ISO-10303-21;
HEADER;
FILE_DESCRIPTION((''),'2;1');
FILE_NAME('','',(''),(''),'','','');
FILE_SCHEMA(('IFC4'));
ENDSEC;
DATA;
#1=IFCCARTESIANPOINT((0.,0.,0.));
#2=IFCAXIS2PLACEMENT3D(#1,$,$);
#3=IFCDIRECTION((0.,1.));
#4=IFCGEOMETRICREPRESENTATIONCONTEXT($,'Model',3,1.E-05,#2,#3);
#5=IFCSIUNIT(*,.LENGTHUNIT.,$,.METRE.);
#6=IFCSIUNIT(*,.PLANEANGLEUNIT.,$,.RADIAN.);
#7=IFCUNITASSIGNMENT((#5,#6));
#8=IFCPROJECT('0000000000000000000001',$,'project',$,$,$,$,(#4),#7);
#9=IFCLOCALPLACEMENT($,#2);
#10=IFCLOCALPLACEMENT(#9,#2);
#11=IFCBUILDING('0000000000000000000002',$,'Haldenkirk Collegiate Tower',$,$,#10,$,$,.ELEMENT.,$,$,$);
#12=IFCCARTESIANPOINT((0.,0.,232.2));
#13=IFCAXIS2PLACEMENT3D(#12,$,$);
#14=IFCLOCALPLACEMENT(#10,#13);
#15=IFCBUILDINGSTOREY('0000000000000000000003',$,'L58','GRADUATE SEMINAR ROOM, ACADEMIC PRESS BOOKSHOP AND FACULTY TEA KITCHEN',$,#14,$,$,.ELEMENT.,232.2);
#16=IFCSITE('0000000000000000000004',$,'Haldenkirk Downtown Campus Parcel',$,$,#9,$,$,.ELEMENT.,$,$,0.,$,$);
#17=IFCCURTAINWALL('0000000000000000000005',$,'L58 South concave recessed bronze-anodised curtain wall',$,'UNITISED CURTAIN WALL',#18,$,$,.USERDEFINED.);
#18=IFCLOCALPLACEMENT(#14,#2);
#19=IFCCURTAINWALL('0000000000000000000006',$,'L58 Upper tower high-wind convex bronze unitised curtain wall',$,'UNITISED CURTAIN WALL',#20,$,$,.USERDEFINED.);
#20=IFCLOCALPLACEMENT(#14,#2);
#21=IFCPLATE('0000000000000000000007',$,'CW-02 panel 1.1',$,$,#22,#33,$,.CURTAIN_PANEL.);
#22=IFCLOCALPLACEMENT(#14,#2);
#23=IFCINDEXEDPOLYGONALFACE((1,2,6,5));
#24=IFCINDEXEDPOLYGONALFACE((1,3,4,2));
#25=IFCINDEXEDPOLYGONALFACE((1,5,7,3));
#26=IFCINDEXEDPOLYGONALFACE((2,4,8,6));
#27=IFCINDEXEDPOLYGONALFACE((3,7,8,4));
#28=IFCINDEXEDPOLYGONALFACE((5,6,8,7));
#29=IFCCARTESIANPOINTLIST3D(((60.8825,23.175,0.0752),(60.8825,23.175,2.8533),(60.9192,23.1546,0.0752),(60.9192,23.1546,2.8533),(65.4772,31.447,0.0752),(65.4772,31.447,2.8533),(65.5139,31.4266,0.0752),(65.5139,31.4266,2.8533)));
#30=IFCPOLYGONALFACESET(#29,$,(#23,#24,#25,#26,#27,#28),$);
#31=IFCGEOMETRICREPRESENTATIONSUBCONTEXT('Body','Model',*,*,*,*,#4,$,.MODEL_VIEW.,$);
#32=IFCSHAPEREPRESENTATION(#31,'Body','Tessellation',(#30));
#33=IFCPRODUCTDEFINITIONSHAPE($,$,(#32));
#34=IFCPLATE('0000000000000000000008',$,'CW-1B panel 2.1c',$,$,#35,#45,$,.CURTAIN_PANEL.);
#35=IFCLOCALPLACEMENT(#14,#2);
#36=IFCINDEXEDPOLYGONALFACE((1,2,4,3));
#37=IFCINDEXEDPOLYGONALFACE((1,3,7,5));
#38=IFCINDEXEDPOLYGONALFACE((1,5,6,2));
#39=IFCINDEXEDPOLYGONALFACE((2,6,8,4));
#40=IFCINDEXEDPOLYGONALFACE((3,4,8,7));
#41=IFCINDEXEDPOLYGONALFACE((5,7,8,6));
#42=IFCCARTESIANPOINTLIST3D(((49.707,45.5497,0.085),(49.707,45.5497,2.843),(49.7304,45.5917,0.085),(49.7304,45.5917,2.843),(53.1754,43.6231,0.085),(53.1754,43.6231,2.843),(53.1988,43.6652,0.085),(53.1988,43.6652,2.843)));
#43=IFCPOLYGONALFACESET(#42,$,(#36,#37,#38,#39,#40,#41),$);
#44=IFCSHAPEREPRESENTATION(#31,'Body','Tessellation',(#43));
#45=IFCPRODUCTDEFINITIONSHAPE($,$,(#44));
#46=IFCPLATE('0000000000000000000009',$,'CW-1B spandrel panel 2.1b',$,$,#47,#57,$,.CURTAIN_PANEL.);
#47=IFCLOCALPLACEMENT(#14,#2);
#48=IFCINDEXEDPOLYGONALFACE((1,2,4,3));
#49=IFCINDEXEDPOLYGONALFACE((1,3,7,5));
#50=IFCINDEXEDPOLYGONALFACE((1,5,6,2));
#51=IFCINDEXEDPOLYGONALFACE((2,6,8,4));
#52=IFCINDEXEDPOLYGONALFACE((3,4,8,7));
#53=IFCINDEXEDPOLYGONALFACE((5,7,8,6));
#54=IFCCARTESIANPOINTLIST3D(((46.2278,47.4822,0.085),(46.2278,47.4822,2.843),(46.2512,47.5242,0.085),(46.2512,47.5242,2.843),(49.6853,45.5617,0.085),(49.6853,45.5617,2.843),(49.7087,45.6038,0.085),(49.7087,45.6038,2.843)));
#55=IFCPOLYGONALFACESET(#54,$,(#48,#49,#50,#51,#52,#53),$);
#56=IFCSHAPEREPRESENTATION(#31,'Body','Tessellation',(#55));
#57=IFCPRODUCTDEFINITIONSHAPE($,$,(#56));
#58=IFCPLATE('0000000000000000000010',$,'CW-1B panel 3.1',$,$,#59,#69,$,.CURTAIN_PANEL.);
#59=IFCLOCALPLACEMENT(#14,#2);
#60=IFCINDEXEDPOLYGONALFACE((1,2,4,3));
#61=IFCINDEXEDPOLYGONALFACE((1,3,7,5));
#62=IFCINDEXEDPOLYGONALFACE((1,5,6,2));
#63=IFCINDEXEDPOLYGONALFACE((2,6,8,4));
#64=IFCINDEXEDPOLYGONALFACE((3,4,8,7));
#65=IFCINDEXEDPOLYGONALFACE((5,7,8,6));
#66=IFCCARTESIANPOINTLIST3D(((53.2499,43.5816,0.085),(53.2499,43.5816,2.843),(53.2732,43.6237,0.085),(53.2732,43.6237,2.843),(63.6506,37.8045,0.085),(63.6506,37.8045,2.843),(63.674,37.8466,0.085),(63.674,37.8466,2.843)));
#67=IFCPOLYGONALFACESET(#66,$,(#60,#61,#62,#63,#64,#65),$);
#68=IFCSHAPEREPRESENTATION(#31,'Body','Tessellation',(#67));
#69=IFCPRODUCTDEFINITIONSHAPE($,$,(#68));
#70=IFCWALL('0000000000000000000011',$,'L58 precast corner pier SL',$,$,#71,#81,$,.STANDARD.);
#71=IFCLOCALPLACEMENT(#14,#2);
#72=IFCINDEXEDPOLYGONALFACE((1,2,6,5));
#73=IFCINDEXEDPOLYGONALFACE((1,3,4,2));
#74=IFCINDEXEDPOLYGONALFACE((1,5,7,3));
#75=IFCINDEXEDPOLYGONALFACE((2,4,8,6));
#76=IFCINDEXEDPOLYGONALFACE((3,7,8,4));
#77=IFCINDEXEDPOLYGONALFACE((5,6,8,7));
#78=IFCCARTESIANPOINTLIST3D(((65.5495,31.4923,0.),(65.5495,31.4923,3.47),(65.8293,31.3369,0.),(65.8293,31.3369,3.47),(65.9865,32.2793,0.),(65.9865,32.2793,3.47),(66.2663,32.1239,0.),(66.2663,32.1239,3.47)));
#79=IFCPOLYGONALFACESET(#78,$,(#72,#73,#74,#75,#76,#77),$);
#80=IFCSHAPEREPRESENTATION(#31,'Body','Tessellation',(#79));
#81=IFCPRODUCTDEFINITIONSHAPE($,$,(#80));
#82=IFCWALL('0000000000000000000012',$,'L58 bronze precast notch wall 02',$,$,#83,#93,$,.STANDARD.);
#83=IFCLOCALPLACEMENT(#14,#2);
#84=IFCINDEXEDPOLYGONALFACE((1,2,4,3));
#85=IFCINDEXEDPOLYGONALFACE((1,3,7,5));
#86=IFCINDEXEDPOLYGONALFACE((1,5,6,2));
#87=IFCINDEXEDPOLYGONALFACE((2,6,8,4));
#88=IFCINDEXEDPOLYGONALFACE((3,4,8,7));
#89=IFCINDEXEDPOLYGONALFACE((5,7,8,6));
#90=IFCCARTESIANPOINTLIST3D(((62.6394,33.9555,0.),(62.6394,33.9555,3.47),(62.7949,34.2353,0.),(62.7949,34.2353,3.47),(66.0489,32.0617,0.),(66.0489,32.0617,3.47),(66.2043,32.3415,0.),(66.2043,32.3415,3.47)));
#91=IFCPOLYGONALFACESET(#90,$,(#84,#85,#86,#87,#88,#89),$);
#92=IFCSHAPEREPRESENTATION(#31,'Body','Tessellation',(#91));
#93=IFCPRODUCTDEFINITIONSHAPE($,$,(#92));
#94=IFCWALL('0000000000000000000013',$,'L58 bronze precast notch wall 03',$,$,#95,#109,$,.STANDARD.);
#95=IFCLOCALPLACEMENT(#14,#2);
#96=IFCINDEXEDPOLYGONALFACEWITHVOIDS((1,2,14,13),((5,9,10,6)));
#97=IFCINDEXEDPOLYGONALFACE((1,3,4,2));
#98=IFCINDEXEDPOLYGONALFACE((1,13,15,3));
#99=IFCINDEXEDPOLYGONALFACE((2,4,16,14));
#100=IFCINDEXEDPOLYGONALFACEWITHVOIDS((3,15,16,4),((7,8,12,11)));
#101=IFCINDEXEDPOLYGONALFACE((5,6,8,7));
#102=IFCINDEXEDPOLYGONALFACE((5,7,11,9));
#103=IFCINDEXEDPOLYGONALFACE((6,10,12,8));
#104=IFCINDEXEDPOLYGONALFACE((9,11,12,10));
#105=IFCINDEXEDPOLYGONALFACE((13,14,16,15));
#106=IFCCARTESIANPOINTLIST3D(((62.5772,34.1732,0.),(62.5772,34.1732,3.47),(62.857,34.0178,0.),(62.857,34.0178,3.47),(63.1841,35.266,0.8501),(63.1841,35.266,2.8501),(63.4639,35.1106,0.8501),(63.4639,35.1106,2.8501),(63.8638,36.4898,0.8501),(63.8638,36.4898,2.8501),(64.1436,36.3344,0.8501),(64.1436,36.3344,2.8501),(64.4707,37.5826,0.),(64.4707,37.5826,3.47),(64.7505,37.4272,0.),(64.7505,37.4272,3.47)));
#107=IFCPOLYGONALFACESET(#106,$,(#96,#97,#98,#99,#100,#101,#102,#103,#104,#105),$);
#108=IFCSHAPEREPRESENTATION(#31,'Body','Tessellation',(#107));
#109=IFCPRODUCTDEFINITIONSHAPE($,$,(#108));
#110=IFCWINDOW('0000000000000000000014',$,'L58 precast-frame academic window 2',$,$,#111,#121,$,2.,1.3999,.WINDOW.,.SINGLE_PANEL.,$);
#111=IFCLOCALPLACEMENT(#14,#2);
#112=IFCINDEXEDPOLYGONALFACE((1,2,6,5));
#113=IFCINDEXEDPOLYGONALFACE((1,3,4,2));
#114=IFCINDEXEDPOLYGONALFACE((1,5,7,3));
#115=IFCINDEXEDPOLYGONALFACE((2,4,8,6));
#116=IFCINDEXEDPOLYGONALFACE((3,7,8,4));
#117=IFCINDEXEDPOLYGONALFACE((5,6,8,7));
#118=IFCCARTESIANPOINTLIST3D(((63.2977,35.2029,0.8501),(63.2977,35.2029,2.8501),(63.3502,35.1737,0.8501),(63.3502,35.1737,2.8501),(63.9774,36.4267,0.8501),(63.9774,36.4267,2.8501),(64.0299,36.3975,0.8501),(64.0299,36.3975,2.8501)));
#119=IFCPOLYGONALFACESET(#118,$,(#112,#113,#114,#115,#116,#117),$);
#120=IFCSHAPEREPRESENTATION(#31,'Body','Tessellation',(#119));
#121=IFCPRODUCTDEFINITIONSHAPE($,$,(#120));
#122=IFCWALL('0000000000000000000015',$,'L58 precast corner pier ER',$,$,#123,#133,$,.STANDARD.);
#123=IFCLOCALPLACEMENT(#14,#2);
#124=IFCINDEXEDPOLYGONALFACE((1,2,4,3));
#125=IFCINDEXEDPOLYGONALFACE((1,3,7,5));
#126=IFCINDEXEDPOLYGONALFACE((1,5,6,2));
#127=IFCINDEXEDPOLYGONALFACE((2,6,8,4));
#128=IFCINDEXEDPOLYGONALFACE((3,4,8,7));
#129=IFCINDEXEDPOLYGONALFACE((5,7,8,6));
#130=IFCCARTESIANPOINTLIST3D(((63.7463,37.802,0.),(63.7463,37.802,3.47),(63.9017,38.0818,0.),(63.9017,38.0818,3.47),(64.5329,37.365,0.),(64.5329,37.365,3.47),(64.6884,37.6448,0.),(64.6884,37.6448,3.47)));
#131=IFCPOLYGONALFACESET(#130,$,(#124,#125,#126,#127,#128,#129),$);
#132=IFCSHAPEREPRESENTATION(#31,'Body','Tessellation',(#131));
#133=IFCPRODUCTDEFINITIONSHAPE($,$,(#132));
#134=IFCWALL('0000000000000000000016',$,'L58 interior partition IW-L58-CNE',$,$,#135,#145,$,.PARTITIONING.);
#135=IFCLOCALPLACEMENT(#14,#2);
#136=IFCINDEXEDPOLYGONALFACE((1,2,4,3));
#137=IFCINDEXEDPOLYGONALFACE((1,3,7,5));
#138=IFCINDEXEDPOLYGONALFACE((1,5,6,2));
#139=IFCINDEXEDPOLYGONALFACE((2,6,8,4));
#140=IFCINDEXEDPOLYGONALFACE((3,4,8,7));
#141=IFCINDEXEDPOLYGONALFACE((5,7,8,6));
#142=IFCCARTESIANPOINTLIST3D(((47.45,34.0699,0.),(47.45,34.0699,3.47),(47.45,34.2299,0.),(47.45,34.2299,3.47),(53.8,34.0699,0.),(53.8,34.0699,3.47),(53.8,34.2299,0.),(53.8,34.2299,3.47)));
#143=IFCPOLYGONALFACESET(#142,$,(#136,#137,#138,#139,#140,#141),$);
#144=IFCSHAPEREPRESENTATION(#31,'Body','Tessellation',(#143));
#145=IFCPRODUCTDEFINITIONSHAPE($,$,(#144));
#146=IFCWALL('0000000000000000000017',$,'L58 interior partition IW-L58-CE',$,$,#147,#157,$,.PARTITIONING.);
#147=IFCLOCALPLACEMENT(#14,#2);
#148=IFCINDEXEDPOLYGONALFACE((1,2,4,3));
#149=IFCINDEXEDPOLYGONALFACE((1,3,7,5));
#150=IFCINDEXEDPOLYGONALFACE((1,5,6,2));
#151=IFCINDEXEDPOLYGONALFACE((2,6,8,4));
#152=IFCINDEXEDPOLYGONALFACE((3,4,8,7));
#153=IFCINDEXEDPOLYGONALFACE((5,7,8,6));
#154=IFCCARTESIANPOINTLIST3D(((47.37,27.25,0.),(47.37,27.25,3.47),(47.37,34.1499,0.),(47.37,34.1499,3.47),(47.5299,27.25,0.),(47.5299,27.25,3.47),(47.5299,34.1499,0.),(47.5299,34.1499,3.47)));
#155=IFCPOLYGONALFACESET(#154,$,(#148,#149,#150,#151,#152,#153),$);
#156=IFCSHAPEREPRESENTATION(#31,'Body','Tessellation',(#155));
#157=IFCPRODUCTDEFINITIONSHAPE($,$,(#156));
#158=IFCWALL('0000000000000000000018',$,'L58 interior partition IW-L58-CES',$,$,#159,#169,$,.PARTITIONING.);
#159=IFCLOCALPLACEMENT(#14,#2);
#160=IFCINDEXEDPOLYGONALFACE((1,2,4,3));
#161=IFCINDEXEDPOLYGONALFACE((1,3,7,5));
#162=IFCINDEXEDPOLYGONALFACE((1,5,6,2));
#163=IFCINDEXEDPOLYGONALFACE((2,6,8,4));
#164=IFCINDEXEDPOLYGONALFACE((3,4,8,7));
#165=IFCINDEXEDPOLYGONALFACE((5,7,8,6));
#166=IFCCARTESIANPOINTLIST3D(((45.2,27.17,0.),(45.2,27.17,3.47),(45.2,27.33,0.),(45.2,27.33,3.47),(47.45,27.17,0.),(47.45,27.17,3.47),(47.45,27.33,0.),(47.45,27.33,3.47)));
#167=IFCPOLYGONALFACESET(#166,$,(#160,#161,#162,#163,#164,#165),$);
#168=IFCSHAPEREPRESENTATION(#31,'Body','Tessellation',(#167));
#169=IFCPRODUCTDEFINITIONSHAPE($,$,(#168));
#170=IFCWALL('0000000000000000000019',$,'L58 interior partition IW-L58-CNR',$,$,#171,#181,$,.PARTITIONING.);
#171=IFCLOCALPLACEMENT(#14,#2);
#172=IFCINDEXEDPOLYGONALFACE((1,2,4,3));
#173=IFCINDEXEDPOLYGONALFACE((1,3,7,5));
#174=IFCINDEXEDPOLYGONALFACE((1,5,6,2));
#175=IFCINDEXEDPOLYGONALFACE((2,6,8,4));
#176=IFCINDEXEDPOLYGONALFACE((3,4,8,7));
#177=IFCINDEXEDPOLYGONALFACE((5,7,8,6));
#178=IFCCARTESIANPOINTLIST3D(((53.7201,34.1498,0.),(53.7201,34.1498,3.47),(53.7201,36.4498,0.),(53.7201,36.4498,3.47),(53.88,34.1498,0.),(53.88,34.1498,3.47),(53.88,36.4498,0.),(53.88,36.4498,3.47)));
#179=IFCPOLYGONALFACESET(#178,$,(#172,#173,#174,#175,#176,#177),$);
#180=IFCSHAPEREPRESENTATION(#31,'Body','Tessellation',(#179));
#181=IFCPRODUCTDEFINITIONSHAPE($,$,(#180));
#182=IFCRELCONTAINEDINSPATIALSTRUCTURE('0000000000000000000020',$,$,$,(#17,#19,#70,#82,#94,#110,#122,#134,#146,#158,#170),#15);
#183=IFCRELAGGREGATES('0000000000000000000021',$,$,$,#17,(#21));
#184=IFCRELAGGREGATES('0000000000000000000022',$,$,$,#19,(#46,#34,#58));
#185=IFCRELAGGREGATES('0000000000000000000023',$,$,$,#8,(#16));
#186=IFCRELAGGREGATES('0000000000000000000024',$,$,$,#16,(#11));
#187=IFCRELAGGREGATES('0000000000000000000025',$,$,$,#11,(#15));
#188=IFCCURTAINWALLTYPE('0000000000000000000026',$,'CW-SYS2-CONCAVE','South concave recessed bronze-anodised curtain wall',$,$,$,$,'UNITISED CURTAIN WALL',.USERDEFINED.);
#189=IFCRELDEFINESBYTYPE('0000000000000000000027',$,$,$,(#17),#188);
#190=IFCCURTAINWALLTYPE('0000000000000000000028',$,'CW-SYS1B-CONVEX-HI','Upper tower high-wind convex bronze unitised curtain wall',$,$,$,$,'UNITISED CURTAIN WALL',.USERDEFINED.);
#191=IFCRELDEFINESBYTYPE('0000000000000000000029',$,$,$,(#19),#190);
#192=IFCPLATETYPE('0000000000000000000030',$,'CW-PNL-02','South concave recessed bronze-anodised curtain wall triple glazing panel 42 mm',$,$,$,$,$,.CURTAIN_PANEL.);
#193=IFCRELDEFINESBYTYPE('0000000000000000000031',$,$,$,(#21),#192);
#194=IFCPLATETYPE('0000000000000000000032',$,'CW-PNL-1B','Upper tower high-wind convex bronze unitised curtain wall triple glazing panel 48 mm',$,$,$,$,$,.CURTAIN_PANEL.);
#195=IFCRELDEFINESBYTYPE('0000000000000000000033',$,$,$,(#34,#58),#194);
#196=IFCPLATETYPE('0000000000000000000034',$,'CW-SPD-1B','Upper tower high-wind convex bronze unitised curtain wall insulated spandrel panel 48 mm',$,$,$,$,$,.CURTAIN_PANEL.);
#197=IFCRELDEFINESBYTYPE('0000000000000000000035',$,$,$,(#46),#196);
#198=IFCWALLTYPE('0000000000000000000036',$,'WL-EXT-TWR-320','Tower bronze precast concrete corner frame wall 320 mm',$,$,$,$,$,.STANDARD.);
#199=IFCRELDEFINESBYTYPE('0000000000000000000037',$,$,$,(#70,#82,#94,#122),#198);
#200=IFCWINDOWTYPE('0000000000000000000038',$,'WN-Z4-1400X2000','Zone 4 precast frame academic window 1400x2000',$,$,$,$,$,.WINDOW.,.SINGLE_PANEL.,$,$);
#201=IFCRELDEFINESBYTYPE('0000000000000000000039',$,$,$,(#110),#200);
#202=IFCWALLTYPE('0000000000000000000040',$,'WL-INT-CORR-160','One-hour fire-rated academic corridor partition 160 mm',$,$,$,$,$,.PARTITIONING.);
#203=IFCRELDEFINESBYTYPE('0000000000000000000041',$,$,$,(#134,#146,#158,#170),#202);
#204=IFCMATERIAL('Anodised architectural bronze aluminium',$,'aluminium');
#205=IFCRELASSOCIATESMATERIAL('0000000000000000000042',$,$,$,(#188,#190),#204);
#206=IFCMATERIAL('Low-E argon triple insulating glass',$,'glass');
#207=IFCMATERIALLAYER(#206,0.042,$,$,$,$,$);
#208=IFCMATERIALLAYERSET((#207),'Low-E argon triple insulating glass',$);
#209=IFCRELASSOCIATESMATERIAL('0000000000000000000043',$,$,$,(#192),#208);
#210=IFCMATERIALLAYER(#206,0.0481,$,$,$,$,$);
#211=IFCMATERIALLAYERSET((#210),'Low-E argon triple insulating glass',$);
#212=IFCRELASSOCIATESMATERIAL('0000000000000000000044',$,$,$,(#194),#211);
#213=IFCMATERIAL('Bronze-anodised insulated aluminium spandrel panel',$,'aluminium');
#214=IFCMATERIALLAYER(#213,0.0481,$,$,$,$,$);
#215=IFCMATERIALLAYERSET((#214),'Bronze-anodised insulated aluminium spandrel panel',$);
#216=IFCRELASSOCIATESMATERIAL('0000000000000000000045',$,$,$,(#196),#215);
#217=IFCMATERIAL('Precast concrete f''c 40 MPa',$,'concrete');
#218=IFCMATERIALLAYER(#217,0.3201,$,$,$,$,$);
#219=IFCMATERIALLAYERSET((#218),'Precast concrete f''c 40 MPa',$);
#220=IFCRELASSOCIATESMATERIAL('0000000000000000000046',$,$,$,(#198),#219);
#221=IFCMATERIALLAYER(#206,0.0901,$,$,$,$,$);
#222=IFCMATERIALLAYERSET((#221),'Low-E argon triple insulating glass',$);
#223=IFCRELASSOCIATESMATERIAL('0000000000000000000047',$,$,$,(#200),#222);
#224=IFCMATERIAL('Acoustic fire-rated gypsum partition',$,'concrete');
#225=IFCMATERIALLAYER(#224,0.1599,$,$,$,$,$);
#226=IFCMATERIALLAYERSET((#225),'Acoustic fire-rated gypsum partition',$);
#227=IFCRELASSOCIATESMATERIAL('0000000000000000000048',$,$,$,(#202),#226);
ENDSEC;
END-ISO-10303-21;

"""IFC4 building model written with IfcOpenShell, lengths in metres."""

from ifc_helpers import new_model, si_unit, direction, frame, frame_2d, origin, origin_2d, place, context, subcontext, project, spatial, rectangle, extrude, source, transform, mapped, material, layer, layer_set, type_object, element, fill, aggregate, save


model = new_model("IFC4")

# Units and contexts
model_context = context("Model", 3, precision=1e-05, world=origin(), true_north=direction((0.0, 1.0)))
body_context = subcontext(model_context, "Body", "Model", "MODEL_VIEW")
ifc_project = project(units=[si_unit("LENGTHUNIT", "METRE"), si_unit("PLANEANGLEUNIT", "RADIAN")], contexts=[model_context])

# Site, building, storey
site_placement = place(None, origin())
site = spatial("IfcSite", under=ifc_project, at=site_placement, Name="Haldenkirk Downtown Campus Parcel", CompositionType="ELEMENT", RefElevation=0.0)
building_placement = place(site_placement, origin())
building = spatial("IfcBuilding", under=site, at=building_placement, Name="Haldenkirk Collegiate Tower", CompositionType="ELEMENT")
storey_placement = place(building_placement, frame((0.0, 0.0, 232.2)))
storey = spatial("IfcBuildingStorey", under=building, at=storey_placement, Name="L58", Description="GRADUATE SEMINAR ROOM, ACADEMIC PRESS BOOKSHOP AND FACULTY TEA KITCHEN", CompositionType="ELEMENT", Elevation=232.2)

# Curtain wall
ifc_material_1 = material(Name="Anodised architectural bronze aluminium", Category="aluminium")
curtain_wall_type_1 = type_object("IfcCurtainWallType", Name="CW-SYS2-CONCAVE", Description="South concave recessed bronze-anodised curtain wall", ElementType="UNITISED CURTAIN WALL", PredefinedType="USERDEFINED", material=ifc_material_1)
curtain_wall_1_placement = place(storey_placement, origin())
curtain_wall_1 = element("IfcCurtainWall", 1, at=curtain_wall_1_placement, inside=storey, type_object=curtain_wall_type_1, Name="L58 South concave recessed bronze-anodised curtain wall", ObjectType="UNITISED CURTAIN WALL", PredefinedType="USERDEFINED")

# Curtain wall
curtain_wall_type_2 = type_object("IfcCurtainWallType", Name="CW-SYS1B-CONVEX-HI", Description="Upper tower high-wind convex bronze unitised curtain wall", ElementType="UNITISED CURTAIN WALL", PredefinedType="USERDEFINED", material=ifc_material_1)
curtain_wall_2_placement = place(storey_placement, origin())
curtain_wall_2 = element("IfcCurtainWall", 2, at=curtain_wall_2_placement, inside=storey, type_object=curtain_wall_type_2, Name="L58 Upper tower high-wind convex bronze unitised curtain wall", ObjectType="UNITISED CURTAIN WALL", PredefinedType="USERDEFINED")

# Plates
ifc_material_2 = material(Name="Low-E argon triple insulating glass", Category="glass")
ifc_layer_1 = layer(ifc_material_2, 0.042)
ifc_layer_set_1 = layer_set([ifc_layer_1], Name="Low-E argon triple insulating glass")
plate_type_1 = type_object("IfcPlateType", Name="CW-PNL-02", Description="South concave recessed bronze-anodised curtain wall triple glazing panel 42 mm", PredefinedType="CURTAIN_PANEL", material=ifc_layer_set_1)
shared_shape_1 = source(origin(), body_context, "Body", "SweptSolid", [
    extrude(rectangle(XDim=9.4624, YDim=0.042, at=origin_2d()), origin(), (0.0, 0.0, 1.0), 2.7781),
])
plate_1_placement = place(storey_placement, frame((63.1982, 27.3008, 0.0752), z_axis=(0.0, 0.0, 1.0), x_axis=(-0.485574, -0.874195, 0.0)))
plate_1 = element("IfcPlate", 3, at=plate_1_placement, type_object=plate_type_1, Name="CW-02 panel 1.1", PredefinedType="CURTAIN_PANEL", context=body_context, shape_type="MappedRepresentation", body=[
    mapped(shared_shape_1, transform((0.0, 0.0, 0.0), x_axis=(1.0, 0.0, 0.0), y_axis=(0.0, 1.0, 0.0), z_axis=(0.0, 0.0, 1.0), scale=1.0)),
])
aggregate(curtain_wall_1, [plate_1])
ifc_layer_2 = layer(ifc_material_2, 0.0481)
ifc_layer_set_2 = layer_set([ifc_layer_2], Name="Low-E argon triple insulating glass")
plate_type_2 = type_object("IfcPlateType", Name="CW-PNL-1B", Description="Upper tower high-wind convex bronze unitised curtain wall triple glazing panel 48 mm", PredefinedType="CURTAIN_PANEL", material=ifc_layer_set_2)
shared_shape_2 = source(origin(), body_context, "Body", "SweptSolid", [
    extrude(rectangle(XDim=3.9675, YDim=0.0481, at=origin_2d()), origin(), (0.0, 0.0, 1.0), 2.7581),
])
plate_2_placement = place(storey_placement, frame((51.4529, 44.6074, 0.085), z_axis=(0.0, 0.0, 1.0), x_axis=(0.874196, -0.485572, 0.0)))
plate_2 = element("IfcPlate", 4, at=plate_2_placement, type_object=plate_type_2, Name="CW-1B panel 2.1c", PredefinedType="CURTAIN_PANEL", context=body_context, shape_type="MappedRepresentation", body=[
    mapped(shared_shape_2, transform((0.0, 0.0, 0.0), x_axis=(1.0, 0.0, 0.0), y_axis=(0.0, 1.0, 0.0), z_axis=(0.0, 0.0, 1.0), scale=1.0)),
])
ifc_material_3 = material(Name="Bronze-anodised insulated aluminium spandrel panel", Category="aluminium")
ifc_layer_3 = layer(ifc_material_3, 0.0481)
ifc_layer_set_3 = layer_set([ifc_layer_3], Name="Bronze-anodised insulated aluminium spandrel panel")
plate_type_3 = type_object("IfcPlateType", Name="CW-SPD-1B", Description="Upper tower high-wind convex bronze unitised curtain wall insulated spandrel panel 48 mm", PredefinedType="CURTAIN_PANEL", material=ifc_layer_set_3)
shared_shape_3 = source(origin(), body_context, "Body", "SweptSolid", [
    extrude(rectangle(XDim=3.9551, YDim=0.0481, at=origin_2d()), origin(), (0.0, 0.0, 1.0), 2.7581),
])
plate_3_placement = place(storey_placement, frame((47.9683, 46.543, 0.085), z_axis=(0.0, 0.0, 1.0), x_axis=(0.874196, -0.485572, 0.0)))
plate_3 = element("IfcPlate", 5, at=plate_3_placement, type_object=plate_type_3, Name="CW-1B spandrel panel 2.1b", PredefinedType="CURTAIN_PANEL", context=body_context, shape_type="MappedRepresentation", body=[
    mapped(shared_shape_3, transform((0.0, 0.0, 0.0), x_axis=(1.0, 0.0, 0.0), y_axis=(0.0, 1.0, 0.0), z_axis=(0.0, 0.0, 1.0), scale=1.0)),
])
shared_shape_4 = source(origin(), body_context, "Body", "SweptSolid", [
    extrude(rectangle(XDim=11.8975, YDim=0.0481, at=origin_2d()), origin(), (0.0, 0.0, 1.0), 2.7581),
])
plate_4_placement = place(storey_placement, frame((58.4619, 40.7141, 0.085), z_axis=(0.0, 0.0, 1.0), x_axis=(0.874196, -0.485572, 0.0)))
plate_4 = element("IfcPlate", 6, at=plate_4_placement, type_object=plate_type_2, Name="CW-1B panel 3.1", PredefinedType="CURTAIN_PANEL", context=body_context, shape_type="MappedRepresentation", body=[
    mapped(shared_shape_4, transform((0.0, 0.0, 0.0), x_axis=(1.0, 0.0, 0.0), y_axis=(0.0, 1.0, 0.0), z_axis=(0.0, 0.0, 1.0), scale=1.0)),
])
aggregate(curtain_wall_2, [plate_3, plate_2, plate_4])

# Walls
ifc_material_4 = material(Name="Precast concrete f'c 40 MPa", Category="concrete")
ifc_layer_4 = layer(ifc_material_4, 0.3201)
ifc_layer_set_4 = layer_set([ifc_layer_4], Name="Precast concrete f'c 40 MPa")
wall_type_1 = type_object("IfcWallType", Name="WL-EXT-TWR-320", Description="Tower bronze precast concrete corner frame wall 320 mm", PredefinedType="STANDARD", material=ifc_layer_set_4)
wall_1_placement = place(storey_placement, frame((66.1265, 32.2017, 0.0), z_axis=(0.0, 0.0, 1.0), x_axis=(-0.485528, -0.874221, 0.0)))
element("IfcWall", 7, at=wall_1_placement, inside=storey, type_object=wall_type_1, Name="L58 precast corner pier SL", PredefinedType="STANDARD", context=body_context, shape_type="SweptSolid", body=[
    extrude(rectangle(XDim=0.9001, YDim=0.3201, at=frame_2d((0.4502, 0.0))), origin(), (0.0, 0.0, 1.0), 3.47),
])
wall_2_placement = place(storey_placement, frame((62.717, 34.0955, 0.0), z_axis=(0.0, 0.0, 1.0), x_axis=(0.874193, -0.485579, 0.0)))
element("IfcWall", 8, at=wall_2_placement, inside=storey, type_object=wall_type_1, Name="L58 bronze precast notch wall 02", PredefinedType="STANDARD", context=body_context, shape_type="SweptSolid", body=[
    extrude(rectangle(XDim=3.9001, YDim=0.3201, at=frame_2d((1.9502, 0.0))), origin(), (0.0, 0.0, 1.0), 3.47),
])

# Wall, opening, window
wall_3_placement = place(storey_placement, frame((64.6106, 37.5049, 0.0), z_axis=(0.0, 0.0, 1.0), x_axis=(-0.485531, -0.874219, 0.0)))
wall_3 = element("IfcWall", 9, at=wall_3_placement, inside=storey, type_object=wall_type_1, Name="L58 bronze precast notch wall 03", PredefinedType="STANDARD", context=body_context, shape_type="SweptSolid", body=[
    extrude(rectangle(XDim=3.8999, YDim=0.3201, at=frame_2d((1.95, 0.0))), origin(), (0.0, 0.0, 1.0), 3.47),
])
opening_placement = place(wall_3_placement, frame((1.25, 0.0, 0.8501)))
opening = element("IfcOpeningElement", 10, at=opening_placement, cuts=wall_3, PredefinedType="OPENING", context=body_context, shape_type="SweptSolid", body=[
    extrude(rectangle(XDim=1.3999, YDim=2.0, at=frame_2d((0.7, 1.0))), frame((0.0, 0.1699, 0.0), z_axis=(0.0, -1.0, 0.0), x_axis=(1.0, 0.0, 0.0)), (0.0, 0.0, 1.0), 0.3401),
])
ifc_layer_5 = layer(ifc_material_2, 0.0901)
ifc_layer_set_5 = layer_set([ifc_layer_5], Name="Low-E argon triple insulating glass")
window_type = type_object("IfcWindowType", Name="WN-Z4-1400X2000", Description="Zone 4 precast frame academic window 1400x2000", PartitioningType="SINGLE_PANEL", PredefinedType="WINDOW", material=ifc_layer_set_5)
window_placement = place(opening_placement, origin())
window = element("IfcWindow", 11, at=window_placement, inside=storey, type_object=window_type, Name="L58 precast-frame academic window 2", OverallHeight=2.0, OverallWidth=1.3999, PartitioningType="SINGLE_PANEL", PredefinedType="WINDOW", context=body_context, shape_type="SweptSolid", body=[
    extrude(rectangle(XDim=1.3999, YDim=2.0, at=frame_2d((0.7, 1.0))), frame((0.0, 0.03, 0.0), z_axis=(0.0, -1.0, 0.0), x_axis=(1.0, 0.0, 0.0)), (0.0, 0.0, 1.0), 0.0601),
])
fill(opening, window)

# Walls
wall_4_placement = place(storey_placement, frame((63.824, 37.9419, 0.0), z_axis=(0.0, 0.0, 1.0), x_axis=(0.874157, -0.485643, 0.0)))
element("IfcWall", 12, at=wall_4_placement, inside=storey, type_object=wall_type_1, Name="L58 precast corner pier ER", PredefinedType="STANDARD", context=body_context, shape_type="SweptSolid", body=[
    extrude(rectangle(XDim=0.8999, YDim=0.3201, at=frame_2d((0.45, 0.0))), origin(), (0.0, 0.0, 1.0), 3.47),
])
ifc_material_5 = material(Name="Acoustic fire-rated gypsum partition", Category="concrete")
ifc_layer_6 = layer(ifc_material_5, 0.1599)
ifc_layer_set_6 = layer_set([ifc_layer_6], Name="Acoustic fire-rated gypsum partition")
wall_type_2 = type_object("IfcWallType", Name="WL-INT-CORR-160", Description="One-hour fire-rated academic corridor partition 160 mm", PredefinedType="PARTITIONING", material=ifc_layer_set_6)
wall_5_placement = place(storey_placement, frame((47.45, 34.1499, 0.0), z_axis=(0.0, 0.0, 1.0), x_axis=(1.0, 0.0, 0.0)))
element("IfcWall", 13, at=wall_5_placement, inside=storey, type_object=wall_type_2, Name="L58 interior partition IW-L58-CNE", PredefinedType="PARTITIONING", context=body_context, shape_type="SweptSolid", body=[
    extrude(rectangle(XDim=6.3501, YDim=0.1599, at=frame_2d((3.175, 0.0))), origin(), (0.0, 0.0, 1.0), 3.47),
])
wall_6_placement = place(storey_placement, frame((47.45, 27.25, 0.0), z_axis=(0.0, 0.0, 1.0), x_axis=(0.0, 1.0, 0.0)))
element("IfcWall", 14, at=wall_6_placement, inside=storey, type_object=wall_type_2, Name="L58 interior partition IW-L58-CE", PredefinedType="PARTITIONING", context=body_context, shape_type="SweptSolid", body=[
    extrude(rectangle(XDim=6.8999, YDim=0.1599, at=frame_2d((3.45, 0.0))), origin(), (0.0, 0.0, 1.0), 3.47),
])
wall_7_placement = place(storey_placement, frame((45.2, 27.25, 0.0), z_axis=(0.0, 0.0, 1.0), x_axis=(1.0, 0.0, 0.0)))
element("IfcWall", 15, at=wall_7_placement, inside=storey, type_object=wall_type_2, Name="L58 interior partition IW-L58-CES", PredefinedType="PARTITIONING", context=body_context, shape_type="SweptSolid", body=[
    extrude(rectangle(XDim=2.25, YDim=0.1599, at=frame_2d((1.125, 0.0))), origin(), (0.0, 0.0, 1.0), 3.47),
])
wall_8_placement = place(storey_placement, frame((53.8, 34.1499, 0.0), z_axis=(0.0, 0.0, 1.0), x_axis=(0.0, 1.0, 0.0)))
element("IfcWall", 16, at=wall_8_placement, inside=storey, type_object=wall_type_2, Name="L58 interior partition IW-L58-CNR", PredefinedType="PARTITIONING", context=body_context, shape_type="SweptSolid", body=[
    extrude(rectangle(XDim=2.3, YDim=0.1599, at=frame_2d((1.1499, 0.0))), origin(), (0.0, 0.0, 1.0), 3.47),
])

save(model, "model.ifc")
